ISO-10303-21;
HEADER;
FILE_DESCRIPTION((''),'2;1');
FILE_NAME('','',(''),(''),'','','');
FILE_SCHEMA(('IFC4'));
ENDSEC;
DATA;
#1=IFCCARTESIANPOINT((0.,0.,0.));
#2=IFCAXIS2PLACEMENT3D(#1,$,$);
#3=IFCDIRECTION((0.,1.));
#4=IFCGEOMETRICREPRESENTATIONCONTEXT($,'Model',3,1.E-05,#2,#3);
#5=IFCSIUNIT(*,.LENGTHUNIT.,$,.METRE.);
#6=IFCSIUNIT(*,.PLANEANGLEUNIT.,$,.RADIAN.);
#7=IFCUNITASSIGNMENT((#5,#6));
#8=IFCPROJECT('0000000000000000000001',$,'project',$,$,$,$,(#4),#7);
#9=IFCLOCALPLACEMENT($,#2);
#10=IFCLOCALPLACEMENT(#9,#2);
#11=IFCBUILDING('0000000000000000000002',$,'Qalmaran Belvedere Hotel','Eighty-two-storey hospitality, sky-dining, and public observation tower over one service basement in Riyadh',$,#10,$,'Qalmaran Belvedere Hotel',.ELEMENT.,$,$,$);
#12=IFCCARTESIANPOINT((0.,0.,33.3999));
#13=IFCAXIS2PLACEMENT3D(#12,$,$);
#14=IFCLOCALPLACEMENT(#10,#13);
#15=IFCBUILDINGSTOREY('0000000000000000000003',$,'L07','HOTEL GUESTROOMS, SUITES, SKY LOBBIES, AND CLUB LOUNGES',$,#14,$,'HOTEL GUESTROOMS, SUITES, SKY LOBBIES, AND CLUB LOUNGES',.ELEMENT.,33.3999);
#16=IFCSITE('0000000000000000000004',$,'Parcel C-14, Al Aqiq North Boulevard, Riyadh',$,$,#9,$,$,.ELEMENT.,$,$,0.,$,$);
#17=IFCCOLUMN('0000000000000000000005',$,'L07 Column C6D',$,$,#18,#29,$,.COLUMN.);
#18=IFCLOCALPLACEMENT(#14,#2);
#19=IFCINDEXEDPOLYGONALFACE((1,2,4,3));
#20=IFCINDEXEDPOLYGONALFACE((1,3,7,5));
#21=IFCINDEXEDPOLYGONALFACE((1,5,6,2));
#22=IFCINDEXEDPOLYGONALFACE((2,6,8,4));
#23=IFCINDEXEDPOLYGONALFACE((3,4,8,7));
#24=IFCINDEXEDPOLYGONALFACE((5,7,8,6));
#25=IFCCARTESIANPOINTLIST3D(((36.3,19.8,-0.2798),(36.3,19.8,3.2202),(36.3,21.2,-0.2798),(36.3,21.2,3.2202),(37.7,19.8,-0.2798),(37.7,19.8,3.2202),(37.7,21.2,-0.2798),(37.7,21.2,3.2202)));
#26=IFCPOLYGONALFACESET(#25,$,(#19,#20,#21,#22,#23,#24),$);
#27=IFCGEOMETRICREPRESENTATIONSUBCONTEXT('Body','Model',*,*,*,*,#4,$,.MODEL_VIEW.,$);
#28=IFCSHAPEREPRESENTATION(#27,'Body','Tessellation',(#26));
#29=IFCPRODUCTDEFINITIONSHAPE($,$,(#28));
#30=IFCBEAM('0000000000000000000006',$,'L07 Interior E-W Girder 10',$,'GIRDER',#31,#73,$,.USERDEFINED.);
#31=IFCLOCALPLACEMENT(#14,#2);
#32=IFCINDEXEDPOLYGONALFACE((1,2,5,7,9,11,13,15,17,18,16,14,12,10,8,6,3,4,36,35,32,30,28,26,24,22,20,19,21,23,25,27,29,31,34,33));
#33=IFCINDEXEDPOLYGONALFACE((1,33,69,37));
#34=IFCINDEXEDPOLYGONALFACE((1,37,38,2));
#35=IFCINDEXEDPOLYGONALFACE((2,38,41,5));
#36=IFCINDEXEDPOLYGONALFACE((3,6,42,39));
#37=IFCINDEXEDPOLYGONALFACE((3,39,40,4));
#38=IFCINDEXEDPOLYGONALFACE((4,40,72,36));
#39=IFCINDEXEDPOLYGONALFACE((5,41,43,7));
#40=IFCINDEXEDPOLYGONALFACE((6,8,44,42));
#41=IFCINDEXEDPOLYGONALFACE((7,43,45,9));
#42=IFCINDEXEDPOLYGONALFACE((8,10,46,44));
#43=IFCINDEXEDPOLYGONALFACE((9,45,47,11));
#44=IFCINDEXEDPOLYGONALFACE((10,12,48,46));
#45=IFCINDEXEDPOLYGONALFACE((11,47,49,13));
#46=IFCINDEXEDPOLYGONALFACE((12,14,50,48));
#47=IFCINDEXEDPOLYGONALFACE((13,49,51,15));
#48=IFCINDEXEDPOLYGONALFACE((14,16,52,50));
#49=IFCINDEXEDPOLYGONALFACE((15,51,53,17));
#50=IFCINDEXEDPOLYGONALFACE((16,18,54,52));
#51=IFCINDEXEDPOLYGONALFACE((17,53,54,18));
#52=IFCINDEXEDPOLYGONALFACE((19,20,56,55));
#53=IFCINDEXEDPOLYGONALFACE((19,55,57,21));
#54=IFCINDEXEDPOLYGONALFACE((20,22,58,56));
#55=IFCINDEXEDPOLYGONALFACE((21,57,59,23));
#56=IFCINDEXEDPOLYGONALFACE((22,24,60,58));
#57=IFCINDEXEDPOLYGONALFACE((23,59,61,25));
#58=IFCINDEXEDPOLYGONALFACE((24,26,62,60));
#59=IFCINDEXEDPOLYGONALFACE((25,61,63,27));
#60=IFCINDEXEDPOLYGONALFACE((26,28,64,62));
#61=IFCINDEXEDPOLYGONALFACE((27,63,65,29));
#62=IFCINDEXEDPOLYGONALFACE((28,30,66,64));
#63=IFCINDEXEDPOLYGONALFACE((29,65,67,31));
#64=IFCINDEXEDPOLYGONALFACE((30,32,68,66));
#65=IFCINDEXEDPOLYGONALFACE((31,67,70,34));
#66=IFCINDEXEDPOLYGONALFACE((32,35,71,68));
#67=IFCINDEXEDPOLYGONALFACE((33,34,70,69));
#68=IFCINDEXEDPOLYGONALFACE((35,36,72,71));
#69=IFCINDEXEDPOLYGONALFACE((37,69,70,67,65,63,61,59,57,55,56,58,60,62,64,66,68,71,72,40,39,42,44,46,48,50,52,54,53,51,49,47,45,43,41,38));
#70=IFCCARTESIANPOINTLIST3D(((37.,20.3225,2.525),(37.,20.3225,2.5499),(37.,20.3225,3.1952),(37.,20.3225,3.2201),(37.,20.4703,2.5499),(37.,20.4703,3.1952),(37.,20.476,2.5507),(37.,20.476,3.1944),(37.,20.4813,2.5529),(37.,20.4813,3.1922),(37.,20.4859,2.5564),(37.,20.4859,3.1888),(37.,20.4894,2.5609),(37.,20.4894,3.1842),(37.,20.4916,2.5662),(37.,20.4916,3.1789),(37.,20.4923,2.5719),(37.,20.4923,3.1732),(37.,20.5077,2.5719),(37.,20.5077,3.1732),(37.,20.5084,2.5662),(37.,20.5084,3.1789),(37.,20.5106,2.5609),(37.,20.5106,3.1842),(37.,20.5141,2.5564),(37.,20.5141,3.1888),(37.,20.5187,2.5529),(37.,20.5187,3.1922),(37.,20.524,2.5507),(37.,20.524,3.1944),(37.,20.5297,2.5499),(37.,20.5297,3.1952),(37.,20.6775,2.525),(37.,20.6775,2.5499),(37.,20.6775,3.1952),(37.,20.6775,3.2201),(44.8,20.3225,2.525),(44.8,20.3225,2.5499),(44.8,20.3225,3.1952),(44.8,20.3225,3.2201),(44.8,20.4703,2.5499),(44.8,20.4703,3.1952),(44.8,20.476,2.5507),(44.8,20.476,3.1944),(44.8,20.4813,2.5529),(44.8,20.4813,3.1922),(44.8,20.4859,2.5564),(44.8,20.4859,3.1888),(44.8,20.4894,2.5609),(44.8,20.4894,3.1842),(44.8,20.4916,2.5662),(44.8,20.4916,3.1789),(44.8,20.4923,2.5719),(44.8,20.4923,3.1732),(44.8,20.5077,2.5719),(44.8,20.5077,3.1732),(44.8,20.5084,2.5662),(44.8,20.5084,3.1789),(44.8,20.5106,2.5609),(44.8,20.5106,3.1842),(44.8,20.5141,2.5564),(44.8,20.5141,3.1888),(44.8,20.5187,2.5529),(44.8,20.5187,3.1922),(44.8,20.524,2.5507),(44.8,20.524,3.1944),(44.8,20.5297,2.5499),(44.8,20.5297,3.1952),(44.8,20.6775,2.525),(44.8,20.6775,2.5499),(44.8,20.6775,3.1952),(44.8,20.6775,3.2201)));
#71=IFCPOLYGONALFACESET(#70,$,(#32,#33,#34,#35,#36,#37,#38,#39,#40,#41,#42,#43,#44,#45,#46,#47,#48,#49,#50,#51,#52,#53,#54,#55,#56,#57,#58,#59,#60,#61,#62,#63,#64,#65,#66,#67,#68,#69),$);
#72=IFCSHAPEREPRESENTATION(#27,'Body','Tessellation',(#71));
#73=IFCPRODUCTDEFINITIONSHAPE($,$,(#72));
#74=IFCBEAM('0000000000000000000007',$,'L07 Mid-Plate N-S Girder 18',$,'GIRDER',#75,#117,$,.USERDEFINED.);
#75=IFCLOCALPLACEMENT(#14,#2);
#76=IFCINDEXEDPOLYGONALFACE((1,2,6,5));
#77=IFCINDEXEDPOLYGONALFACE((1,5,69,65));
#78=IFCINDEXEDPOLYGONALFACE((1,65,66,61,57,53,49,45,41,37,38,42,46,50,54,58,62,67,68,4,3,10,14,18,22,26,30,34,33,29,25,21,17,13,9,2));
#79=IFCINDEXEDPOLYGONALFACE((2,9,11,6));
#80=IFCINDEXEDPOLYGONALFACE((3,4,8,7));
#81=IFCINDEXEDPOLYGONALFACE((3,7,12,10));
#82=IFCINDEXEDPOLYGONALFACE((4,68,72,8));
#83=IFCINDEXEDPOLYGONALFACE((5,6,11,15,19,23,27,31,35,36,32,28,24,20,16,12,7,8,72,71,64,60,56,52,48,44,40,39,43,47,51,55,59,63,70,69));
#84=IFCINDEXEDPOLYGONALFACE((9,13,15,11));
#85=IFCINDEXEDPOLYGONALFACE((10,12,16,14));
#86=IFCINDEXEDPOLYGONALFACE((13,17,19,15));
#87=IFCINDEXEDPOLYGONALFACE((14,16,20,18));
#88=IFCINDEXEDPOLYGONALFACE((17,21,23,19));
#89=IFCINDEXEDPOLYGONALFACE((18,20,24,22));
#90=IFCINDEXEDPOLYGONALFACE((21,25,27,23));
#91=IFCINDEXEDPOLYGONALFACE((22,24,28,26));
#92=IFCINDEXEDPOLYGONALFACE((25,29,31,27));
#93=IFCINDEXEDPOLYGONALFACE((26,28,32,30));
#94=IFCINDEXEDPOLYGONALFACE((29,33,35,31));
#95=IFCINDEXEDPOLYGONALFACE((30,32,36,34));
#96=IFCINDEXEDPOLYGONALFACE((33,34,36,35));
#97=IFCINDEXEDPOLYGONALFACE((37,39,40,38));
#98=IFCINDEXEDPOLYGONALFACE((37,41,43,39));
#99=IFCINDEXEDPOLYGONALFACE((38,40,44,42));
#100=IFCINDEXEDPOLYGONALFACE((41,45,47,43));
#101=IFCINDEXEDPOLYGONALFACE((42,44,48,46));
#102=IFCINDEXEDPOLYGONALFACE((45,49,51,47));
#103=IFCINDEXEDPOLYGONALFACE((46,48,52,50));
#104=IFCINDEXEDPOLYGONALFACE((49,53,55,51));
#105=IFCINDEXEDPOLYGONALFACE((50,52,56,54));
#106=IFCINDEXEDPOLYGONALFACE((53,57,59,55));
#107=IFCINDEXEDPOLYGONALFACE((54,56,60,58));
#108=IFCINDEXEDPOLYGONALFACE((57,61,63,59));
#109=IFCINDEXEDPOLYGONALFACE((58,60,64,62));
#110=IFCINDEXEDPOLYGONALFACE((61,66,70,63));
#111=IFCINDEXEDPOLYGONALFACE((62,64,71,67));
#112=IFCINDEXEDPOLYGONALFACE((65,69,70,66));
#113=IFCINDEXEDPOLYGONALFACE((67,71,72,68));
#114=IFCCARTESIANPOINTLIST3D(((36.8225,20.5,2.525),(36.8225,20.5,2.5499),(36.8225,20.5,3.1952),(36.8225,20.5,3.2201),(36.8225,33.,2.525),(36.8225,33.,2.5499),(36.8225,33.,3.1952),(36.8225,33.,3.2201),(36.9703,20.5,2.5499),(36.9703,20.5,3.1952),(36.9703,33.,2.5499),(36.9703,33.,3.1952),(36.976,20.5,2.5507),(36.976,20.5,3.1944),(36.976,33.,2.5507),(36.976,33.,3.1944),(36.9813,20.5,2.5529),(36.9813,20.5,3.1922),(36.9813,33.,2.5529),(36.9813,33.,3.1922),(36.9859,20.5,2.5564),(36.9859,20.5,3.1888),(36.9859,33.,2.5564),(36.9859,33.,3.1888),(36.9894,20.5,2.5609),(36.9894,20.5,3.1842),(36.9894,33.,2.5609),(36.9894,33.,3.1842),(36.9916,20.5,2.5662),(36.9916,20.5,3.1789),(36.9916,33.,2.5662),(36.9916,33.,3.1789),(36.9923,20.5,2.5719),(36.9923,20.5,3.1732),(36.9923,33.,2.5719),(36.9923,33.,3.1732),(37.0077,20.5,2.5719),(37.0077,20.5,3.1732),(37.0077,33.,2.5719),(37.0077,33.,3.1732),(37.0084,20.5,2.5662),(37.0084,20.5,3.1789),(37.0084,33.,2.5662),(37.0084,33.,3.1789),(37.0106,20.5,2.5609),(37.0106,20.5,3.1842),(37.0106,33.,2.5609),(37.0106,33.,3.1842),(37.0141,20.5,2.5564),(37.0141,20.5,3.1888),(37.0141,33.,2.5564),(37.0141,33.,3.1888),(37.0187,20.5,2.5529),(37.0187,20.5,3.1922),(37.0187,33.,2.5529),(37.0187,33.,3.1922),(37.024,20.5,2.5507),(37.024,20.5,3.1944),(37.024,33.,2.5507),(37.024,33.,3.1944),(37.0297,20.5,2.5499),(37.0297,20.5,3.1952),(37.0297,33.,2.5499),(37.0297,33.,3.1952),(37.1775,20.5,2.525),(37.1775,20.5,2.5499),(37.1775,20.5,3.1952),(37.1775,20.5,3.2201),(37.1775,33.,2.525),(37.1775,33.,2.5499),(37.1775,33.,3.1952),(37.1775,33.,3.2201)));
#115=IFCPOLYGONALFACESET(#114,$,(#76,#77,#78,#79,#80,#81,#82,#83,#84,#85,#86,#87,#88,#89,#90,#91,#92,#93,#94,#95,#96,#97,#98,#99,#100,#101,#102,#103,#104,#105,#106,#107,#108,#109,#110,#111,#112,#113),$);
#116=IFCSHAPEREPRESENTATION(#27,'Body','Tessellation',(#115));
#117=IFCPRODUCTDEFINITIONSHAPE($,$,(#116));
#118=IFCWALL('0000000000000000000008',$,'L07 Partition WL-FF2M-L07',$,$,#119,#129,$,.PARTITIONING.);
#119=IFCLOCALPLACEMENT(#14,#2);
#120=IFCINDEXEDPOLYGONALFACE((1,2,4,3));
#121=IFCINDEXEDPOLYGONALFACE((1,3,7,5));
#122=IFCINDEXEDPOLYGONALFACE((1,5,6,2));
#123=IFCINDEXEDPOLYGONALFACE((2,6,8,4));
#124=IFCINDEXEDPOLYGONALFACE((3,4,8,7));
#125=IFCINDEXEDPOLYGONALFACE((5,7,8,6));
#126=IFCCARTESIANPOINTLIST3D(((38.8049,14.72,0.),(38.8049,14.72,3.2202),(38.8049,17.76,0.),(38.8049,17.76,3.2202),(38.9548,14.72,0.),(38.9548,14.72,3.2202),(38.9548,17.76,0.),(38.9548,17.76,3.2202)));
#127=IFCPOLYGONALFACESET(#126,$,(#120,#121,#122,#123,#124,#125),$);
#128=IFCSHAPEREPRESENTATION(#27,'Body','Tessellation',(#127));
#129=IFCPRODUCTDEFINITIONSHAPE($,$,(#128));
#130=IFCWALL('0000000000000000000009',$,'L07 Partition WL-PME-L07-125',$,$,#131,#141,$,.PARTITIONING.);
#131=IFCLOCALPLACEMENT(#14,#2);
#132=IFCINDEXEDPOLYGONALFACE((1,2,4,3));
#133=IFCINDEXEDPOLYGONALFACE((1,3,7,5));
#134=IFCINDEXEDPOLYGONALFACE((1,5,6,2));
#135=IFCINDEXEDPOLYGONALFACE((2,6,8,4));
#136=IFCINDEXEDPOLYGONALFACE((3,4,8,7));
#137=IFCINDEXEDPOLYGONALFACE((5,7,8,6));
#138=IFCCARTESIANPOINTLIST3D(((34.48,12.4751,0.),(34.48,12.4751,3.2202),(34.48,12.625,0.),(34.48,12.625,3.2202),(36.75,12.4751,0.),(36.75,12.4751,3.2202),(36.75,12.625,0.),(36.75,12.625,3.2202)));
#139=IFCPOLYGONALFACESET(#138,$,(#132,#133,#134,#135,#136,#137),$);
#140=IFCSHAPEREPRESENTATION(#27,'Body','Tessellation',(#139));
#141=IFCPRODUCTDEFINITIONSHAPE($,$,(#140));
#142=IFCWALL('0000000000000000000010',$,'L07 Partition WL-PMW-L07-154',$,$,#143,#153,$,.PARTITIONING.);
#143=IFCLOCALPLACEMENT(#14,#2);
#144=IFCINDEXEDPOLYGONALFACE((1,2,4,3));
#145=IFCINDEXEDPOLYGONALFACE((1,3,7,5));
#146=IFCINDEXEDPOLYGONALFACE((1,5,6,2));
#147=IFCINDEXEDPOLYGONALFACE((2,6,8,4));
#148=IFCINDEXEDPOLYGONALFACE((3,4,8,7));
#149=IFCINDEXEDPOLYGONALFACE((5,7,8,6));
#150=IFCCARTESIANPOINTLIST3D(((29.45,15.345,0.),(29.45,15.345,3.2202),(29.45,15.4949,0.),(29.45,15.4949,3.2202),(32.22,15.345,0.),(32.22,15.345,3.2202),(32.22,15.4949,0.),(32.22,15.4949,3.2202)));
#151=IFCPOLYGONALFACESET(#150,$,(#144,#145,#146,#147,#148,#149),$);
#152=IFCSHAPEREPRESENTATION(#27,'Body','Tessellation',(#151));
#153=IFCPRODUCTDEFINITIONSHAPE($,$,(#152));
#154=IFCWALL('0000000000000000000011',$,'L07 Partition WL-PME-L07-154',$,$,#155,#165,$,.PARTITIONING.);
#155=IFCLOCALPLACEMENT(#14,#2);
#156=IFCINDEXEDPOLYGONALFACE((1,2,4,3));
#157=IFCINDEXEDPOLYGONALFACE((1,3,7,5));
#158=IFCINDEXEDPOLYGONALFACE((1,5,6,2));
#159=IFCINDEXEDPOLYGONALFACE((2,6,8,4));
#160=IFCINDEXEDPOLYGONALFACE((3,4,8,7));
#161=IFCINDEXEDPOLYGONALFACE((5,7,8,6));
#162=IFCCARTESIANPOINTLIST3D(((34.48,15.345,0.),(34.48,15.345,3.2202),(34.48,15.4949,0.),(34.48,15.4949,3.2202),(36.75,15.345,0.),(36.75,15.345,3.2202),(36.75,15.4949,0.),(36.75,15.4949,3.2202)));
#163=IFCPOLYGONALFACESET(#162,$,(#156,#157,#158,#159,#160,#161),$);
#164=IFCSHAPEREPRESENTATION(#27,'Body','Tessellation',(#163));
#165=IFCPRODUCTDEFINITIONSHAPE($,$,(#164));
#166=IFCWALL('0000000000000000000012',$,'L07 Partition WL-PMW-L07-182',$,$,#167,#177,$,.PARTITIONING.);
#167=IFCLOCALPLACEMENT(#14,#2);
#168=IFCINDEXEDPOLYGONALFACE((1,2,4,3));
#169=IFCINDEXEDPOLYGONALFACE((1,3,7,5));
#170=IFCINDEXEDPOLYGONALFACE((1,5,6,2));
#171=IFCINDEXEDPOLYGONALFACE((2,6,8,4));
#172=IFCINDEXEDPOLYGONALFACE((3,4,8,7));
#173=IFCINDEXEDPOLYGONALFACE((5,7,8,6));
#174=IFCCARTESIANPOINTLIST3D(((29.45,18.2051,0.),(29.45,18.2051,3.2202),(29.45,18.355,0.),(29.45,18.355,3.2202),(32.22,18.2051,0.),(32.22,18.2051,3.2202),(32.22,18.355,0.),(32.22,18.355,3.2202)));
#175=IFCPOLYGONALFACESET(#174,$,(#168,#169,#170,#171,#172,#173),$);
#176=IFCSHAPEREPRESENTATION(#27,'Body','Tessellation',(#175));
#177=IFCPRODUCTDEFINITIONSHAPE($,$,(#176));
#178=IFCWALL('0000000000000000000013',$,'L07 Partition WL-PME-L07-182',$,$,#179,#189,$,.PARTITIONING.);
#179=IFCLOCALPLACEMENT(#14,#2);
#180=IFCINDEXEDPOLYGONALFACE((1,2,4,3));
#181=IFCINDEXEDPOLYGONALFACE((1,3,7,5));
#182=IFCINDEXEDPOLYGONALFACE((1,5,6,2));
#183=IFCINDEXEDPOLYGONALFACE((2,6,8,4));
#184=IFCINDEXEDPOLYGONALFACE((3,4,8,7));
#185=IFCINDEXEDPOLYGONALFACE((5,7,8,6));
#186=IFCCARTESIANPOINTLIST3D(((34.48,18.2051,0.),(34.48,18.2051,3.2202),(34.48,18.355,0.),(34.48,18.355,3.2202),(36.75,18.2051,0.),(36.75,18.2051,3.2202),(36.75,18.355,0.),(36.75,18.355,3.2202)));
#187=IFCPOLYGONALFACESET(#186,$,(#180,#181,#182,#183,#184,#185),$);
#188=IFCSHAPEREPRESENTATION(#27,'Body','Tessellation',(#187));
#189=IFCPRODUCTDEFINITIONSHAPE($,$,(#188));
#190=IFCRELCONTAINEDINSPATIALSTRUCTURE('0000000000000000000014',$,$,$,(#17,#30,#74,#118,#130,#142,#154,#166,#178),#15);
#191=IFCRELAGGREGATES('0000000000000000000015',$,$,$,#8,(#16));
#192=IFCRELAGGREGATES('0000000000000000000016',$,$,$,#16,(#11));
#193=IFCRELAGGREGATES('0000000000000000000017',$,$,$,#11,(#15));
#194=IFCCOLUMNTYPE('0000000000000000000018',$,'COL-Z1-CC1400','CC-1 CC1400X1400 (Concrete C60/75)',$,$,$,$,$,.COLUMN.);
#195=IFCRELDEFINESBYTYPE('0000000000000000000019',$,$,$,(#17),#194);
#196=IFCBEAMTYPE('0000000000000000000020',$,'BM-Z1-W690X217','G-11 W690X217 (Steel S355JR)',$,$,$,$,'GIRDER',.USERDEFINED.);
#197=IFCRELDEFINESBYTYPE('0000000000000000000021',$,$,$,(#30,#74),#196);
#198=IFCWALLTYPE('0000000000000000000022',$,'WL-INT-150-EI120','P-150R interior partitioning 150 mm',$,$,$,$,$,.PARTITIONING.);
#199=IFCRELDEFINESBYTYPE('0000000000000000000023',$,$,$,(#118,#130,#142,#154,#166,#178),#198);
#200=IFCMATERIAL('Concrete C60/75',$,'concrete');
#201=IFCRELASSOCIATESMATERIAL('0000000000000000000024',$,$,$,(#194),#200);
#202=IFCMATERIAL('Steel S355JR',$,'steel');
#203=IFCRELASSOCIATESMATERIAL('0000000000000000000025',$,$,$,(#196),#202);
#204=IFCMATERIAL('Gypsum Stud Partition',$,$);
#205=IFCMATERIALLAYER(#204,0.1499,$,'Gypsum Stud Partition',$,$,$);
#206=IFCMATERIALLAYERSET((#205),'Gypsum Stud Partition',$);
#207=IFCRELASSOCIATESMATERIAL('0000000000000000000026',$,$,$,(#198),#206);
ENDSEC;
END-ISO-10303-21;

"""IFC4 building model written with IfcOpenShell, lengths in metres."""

from ifc_helpers import new_model, si_unit, direction, frame, frame_2d, origin, origin_2d, place, context, subcontext, project, spatial, rectangle, i_section, extrude, material, layer, layer_set, material_profile, profile_set, type_object, element, save


model = new_model("IFC4")

# Units and contexts
model_context = context("Model", 3, precision=1e-05, world=origin(), true_north=direction((0.0, 1.0)))
body_context = subcontext(model_context, "Body", "Model", "MODEL_VIEW")
ifc_project = project(units=[si_unit("LENGTHUNIT", "METRE"), si_unit("PLANEANGLEUNIT", "RADIAN")], contexts=[model_context])

# Site, building, storey
site_placement = place(None, origin())
site = spatial("IfcSite", under=ifc_project, at=site_placement, Name="Parcel C-14, Al Aqiq North Boulevard, Riyadh", CompositionType="ELEMENT", RefElevation=0.0)
building_placement = place(site_placement, origin())
building = spatial("IfcBuilding", under=site, at=building_placement, Name="Qalmaran Belvedere Hotel", Description="Eighty-two-storey hospitality, sky-dining, and public observation tower over one service basement in Riyadh", LongName="Qalmaran Belvedere Hotel", CompositionType="ELEMENT")
storey_placement = place(building_placement, frame((0.0, 0.0, 33.3999)))
storey = spatial("IfcBuildingStorey", under=building, at=storey_placement, Name="L07", Description="HOTEL GUESTROOMS, SUITES, SKY LOBBIES, AND CLUB LOUNGES", LongName="HOTEL GUESTROOMS, SUITES, SKY LOBBIES, AND CLUB LOUNGES", CompositionType="ELEMENT", Elevation=33.3999)

# Column
ifc_material_1 = material(Name="Concrete C60/75", Category="concrete")
ifc_material_profile_1 = material_profile(ifc_material_1, rectangle(XDim=1.3999, YDim=1.3999, at=origin_2d()), Name="CC1400X1400")
ifc_profile_set_1 = profile_set([ifc_material_profile_1], Name="Concrete C60/75")
column_type = type_object("IfcColumnType", Name="COL-Z1-CC1400", Description="CC-1 CC1400X1400 (Concrete C60/75)", PredefinedType="COLUMN", material=ifc_profile_set_1)
column_placement = place(storey_placement, frame((37.0, 20.5, -0.2798), z_axis=(0.0, 0.0, 1.0), x_axis=(1.0, 0.0, 0.0)))
element("IfcColumn", 1, at=column_placement, inside=storey, type_object=column_type, Name="L07 Column C6D", PredefinedType="COLUMN", context=body_context, shape_type="SweptSolid", body=[
    extrude(rectangle(XDim=1.3999, YDim=1.3999, at=origin_2d()), origin(), (0.0, 0.0, 1.0), 3.5),
])

# Beams
ifc_material_2 = material(Name="Steel S355JR", Category="steel")
ifc_material_profile_2 = material_profile(ifc_material_2, i_section(OverallWidth=0.355, OverallDepth=0.6951, WebThickness=0.0154, FlangeThickness=0.0249, FilletRadius=0.022, at=origin_2d()), Name="W690X217")
ifc_profile_set_2 = profile_set([ifc_material_profile_2], Name="Steel S355JR")
beam_type = type_object("IfcBeamType", Name="BM-Z1-W690X217", Description="G-11 W690X217 (Steel S355JR)", ElementType="GIRDER", PredefinedType="USERDEFINED", material=ifc_profile_set_2)
beam_1_placement = place(storey_placement, frame((37.0, 20.5, 2.8726), z_axis=(1.0, 0.0, 0.0), x_axis=(0.0, 1.0, 0.0)))
element("IfcBeam", 2, at=beam_1_placement, inside=storey, type_object=beam_type, Name="L07 Interior E-W Girder 10", ObjectType="GIRDER", PredefinedType="USERDEFINED", context=body_context, shape_type="SweptSolid", body=[
    extrude(i_section(OverallWidth=0.355, OverallDepth=0.6951, WebThickness=0.0154, FlangeThickness=0.0249, FilletRadius=0.022, at=origin_2d()), origin(), (0.0, 0.0, 1.0), 7.8),
])
beam_2_placement = place(storey_placement, frame((37.0, 20.5, 2.8726), z_axis=(0.0, 1.0, 0.0), x_axis=(-1.0, 0.0, 0.0)))
element("IfcBeam", 3, at=beam_2_placement, inside=storey, type_object=beam_type, Name="L07 Mid-Plate N-S Girder 18", ObjectType="GIRDER", PredefinedType="USERDEFINED", context=body_context, shape_type="SweptSolid", body=[
    extrude(i_section(OverallWidth=0.355, OverallDepth=0.6951, WebThickness=0.0154, FlangeThickness=0.0249, FilletRadius=0.022, at=origin_2d()), origin(), (0.0, 0.0, 1.0), 12.5),
])

# Walls
ifc_material_3 = material(Name="Gypsum Stud Partition")
ifc_layer_1 = layer(ifc_material_3, 0.1499, Name="Gypsum Stud Partition")
ifc_layer_set_1 = layer_set([ifc_layer_1], Name="Gypsum Stud Partition")
wall_type_1 = type_object("IfcWallType", Name="WL-INT-150-EI120", Description="P-150R interior partitioning 150 mm", PredefinedType="PARTITIONING", material=ifc_layer_set_1)
wall_1_placement = place(storey_placement, frame((38.8799, 14.72, 0.0), z_axis=(0.0, 0.0, 1.0), x_axis=(0.0, 1.0, 0.0)))
element("IfcWall", 4, at=wall_1_placement, inside=storey, type_object=wall_type_1, Name="L07 Partition WL-FF2M-L07", PredefinedType="PARTITIONING", context=body_context, shape_type="SweptSolid", body=[
    extrude(rectangle(XDim=3.04, YDim=0.1499, at=frame_2d((1.52, 0.0))), origin(), (0.0, 0.0, 1.0), 3.2202),
])
wall_2_placement = place(storey_placement, frame((34.48, 12.55, 0.0), z_axis=(0.0, 0.0, 1.0), x_axis=(1.0, 0.0, 0.0)))
element("IfcWall", 5, at=wall_2_placement, inside=storey, type_object=wall_type_1, Name="L07 Partition WL-PME-L07-125", PredefinedType="PARTITIONING", context=body_context, shape_type="SweptSolid", body=[
    extrude(rectangle(XDim=2.27, YDim=0.1499, at=frame_2d((1.135, 0.0))), origin(), (0.0, 0.0, 1.0), 3.2202),
])
wall_3_placement = place(storey_placement, frame((29.45, 15.4199, 0.0), z_axis=(0.0, 0.0, 1.0), x_axis=(1.0, 0.0, 0.0)))
element("IfcWall", 6, at=wall_3_placement, inside=storey, type_object=wall_type_1, Name="L07 Partition WL-PMW-L07-154", PredefinedType="PARTITIONING", context=body_context, shape_type="SweptSolid", body=[
    extrude(rectangle(XDim=2.77, YDim=0.1499, at=frame_2d((1.385, 0.0))), origin(), (0.0, 0.0, 1.0), 3.2202),
])
wall_4_placement = place(storey_placement, frame((34.48, 15.4199, 0.0), z_axis=(0.0, 0.0, 1.0), x_axis=(1.0, 0.0, 0.0)))
element("IfcWall", 7, at=wall_4_placement, inside=storey, type_object=wall_type_1, Name="L07 Partition WL-PME-L07-154", PredefinedType="PARTITIONING", context=body_context, shape_type="SweptSolid", body=[
    extrude(rectangle(XDim=2.27, YDim=0.1499, at=frame_2d((1.135, 0.0))), origin(), (0.0, 0.0, 1.0), 3.2202),
])
wall_5_placement = place(storey_placement, frame((29.45, 18.28, 0.0), z_axis=(0.0, 0.0, 1.0), x_axis=(1.0, 0.0, 0.0)))
element("IfcWall", 8, at=wall_5_placement, inside=storey, type_object=wall_type_1, Name="L07 Partition WL-PMW-L07-182", PredefinedType="PARTITIONING", context=body_context, shape_type="SweptSolid", body=[
    extrude(rectangle(XDim=2.77, YDim=0.1499, at=frame_2d((1.385, 0.0))), origin(), (0.0, 0.0, 1.0), 3.2202),
])
wall_6_placement = place(storey_placement, frame((34.48, 18.28, 0.0), z_axis=(0.0, 0.0, 1.0), x_axis=(1.0, 0.0, 0.0)))
element("IfcWall", 9, at=wall_6_placement, inside=storey, type_object=wall_type_1, Name="L07 Partition WL-PME-L07-182", PredefinedType="PARTITIONING", context=body_context, shape_type="SweptSolid", body=[
    extrude(rectangle(XDim=2.27, YDim=0.1499, at=frame_2d((1.135, 0.0))), origin(), (0.0, 0.0, 1.0), 3.2202),
])

save(model, "model.ifc")
